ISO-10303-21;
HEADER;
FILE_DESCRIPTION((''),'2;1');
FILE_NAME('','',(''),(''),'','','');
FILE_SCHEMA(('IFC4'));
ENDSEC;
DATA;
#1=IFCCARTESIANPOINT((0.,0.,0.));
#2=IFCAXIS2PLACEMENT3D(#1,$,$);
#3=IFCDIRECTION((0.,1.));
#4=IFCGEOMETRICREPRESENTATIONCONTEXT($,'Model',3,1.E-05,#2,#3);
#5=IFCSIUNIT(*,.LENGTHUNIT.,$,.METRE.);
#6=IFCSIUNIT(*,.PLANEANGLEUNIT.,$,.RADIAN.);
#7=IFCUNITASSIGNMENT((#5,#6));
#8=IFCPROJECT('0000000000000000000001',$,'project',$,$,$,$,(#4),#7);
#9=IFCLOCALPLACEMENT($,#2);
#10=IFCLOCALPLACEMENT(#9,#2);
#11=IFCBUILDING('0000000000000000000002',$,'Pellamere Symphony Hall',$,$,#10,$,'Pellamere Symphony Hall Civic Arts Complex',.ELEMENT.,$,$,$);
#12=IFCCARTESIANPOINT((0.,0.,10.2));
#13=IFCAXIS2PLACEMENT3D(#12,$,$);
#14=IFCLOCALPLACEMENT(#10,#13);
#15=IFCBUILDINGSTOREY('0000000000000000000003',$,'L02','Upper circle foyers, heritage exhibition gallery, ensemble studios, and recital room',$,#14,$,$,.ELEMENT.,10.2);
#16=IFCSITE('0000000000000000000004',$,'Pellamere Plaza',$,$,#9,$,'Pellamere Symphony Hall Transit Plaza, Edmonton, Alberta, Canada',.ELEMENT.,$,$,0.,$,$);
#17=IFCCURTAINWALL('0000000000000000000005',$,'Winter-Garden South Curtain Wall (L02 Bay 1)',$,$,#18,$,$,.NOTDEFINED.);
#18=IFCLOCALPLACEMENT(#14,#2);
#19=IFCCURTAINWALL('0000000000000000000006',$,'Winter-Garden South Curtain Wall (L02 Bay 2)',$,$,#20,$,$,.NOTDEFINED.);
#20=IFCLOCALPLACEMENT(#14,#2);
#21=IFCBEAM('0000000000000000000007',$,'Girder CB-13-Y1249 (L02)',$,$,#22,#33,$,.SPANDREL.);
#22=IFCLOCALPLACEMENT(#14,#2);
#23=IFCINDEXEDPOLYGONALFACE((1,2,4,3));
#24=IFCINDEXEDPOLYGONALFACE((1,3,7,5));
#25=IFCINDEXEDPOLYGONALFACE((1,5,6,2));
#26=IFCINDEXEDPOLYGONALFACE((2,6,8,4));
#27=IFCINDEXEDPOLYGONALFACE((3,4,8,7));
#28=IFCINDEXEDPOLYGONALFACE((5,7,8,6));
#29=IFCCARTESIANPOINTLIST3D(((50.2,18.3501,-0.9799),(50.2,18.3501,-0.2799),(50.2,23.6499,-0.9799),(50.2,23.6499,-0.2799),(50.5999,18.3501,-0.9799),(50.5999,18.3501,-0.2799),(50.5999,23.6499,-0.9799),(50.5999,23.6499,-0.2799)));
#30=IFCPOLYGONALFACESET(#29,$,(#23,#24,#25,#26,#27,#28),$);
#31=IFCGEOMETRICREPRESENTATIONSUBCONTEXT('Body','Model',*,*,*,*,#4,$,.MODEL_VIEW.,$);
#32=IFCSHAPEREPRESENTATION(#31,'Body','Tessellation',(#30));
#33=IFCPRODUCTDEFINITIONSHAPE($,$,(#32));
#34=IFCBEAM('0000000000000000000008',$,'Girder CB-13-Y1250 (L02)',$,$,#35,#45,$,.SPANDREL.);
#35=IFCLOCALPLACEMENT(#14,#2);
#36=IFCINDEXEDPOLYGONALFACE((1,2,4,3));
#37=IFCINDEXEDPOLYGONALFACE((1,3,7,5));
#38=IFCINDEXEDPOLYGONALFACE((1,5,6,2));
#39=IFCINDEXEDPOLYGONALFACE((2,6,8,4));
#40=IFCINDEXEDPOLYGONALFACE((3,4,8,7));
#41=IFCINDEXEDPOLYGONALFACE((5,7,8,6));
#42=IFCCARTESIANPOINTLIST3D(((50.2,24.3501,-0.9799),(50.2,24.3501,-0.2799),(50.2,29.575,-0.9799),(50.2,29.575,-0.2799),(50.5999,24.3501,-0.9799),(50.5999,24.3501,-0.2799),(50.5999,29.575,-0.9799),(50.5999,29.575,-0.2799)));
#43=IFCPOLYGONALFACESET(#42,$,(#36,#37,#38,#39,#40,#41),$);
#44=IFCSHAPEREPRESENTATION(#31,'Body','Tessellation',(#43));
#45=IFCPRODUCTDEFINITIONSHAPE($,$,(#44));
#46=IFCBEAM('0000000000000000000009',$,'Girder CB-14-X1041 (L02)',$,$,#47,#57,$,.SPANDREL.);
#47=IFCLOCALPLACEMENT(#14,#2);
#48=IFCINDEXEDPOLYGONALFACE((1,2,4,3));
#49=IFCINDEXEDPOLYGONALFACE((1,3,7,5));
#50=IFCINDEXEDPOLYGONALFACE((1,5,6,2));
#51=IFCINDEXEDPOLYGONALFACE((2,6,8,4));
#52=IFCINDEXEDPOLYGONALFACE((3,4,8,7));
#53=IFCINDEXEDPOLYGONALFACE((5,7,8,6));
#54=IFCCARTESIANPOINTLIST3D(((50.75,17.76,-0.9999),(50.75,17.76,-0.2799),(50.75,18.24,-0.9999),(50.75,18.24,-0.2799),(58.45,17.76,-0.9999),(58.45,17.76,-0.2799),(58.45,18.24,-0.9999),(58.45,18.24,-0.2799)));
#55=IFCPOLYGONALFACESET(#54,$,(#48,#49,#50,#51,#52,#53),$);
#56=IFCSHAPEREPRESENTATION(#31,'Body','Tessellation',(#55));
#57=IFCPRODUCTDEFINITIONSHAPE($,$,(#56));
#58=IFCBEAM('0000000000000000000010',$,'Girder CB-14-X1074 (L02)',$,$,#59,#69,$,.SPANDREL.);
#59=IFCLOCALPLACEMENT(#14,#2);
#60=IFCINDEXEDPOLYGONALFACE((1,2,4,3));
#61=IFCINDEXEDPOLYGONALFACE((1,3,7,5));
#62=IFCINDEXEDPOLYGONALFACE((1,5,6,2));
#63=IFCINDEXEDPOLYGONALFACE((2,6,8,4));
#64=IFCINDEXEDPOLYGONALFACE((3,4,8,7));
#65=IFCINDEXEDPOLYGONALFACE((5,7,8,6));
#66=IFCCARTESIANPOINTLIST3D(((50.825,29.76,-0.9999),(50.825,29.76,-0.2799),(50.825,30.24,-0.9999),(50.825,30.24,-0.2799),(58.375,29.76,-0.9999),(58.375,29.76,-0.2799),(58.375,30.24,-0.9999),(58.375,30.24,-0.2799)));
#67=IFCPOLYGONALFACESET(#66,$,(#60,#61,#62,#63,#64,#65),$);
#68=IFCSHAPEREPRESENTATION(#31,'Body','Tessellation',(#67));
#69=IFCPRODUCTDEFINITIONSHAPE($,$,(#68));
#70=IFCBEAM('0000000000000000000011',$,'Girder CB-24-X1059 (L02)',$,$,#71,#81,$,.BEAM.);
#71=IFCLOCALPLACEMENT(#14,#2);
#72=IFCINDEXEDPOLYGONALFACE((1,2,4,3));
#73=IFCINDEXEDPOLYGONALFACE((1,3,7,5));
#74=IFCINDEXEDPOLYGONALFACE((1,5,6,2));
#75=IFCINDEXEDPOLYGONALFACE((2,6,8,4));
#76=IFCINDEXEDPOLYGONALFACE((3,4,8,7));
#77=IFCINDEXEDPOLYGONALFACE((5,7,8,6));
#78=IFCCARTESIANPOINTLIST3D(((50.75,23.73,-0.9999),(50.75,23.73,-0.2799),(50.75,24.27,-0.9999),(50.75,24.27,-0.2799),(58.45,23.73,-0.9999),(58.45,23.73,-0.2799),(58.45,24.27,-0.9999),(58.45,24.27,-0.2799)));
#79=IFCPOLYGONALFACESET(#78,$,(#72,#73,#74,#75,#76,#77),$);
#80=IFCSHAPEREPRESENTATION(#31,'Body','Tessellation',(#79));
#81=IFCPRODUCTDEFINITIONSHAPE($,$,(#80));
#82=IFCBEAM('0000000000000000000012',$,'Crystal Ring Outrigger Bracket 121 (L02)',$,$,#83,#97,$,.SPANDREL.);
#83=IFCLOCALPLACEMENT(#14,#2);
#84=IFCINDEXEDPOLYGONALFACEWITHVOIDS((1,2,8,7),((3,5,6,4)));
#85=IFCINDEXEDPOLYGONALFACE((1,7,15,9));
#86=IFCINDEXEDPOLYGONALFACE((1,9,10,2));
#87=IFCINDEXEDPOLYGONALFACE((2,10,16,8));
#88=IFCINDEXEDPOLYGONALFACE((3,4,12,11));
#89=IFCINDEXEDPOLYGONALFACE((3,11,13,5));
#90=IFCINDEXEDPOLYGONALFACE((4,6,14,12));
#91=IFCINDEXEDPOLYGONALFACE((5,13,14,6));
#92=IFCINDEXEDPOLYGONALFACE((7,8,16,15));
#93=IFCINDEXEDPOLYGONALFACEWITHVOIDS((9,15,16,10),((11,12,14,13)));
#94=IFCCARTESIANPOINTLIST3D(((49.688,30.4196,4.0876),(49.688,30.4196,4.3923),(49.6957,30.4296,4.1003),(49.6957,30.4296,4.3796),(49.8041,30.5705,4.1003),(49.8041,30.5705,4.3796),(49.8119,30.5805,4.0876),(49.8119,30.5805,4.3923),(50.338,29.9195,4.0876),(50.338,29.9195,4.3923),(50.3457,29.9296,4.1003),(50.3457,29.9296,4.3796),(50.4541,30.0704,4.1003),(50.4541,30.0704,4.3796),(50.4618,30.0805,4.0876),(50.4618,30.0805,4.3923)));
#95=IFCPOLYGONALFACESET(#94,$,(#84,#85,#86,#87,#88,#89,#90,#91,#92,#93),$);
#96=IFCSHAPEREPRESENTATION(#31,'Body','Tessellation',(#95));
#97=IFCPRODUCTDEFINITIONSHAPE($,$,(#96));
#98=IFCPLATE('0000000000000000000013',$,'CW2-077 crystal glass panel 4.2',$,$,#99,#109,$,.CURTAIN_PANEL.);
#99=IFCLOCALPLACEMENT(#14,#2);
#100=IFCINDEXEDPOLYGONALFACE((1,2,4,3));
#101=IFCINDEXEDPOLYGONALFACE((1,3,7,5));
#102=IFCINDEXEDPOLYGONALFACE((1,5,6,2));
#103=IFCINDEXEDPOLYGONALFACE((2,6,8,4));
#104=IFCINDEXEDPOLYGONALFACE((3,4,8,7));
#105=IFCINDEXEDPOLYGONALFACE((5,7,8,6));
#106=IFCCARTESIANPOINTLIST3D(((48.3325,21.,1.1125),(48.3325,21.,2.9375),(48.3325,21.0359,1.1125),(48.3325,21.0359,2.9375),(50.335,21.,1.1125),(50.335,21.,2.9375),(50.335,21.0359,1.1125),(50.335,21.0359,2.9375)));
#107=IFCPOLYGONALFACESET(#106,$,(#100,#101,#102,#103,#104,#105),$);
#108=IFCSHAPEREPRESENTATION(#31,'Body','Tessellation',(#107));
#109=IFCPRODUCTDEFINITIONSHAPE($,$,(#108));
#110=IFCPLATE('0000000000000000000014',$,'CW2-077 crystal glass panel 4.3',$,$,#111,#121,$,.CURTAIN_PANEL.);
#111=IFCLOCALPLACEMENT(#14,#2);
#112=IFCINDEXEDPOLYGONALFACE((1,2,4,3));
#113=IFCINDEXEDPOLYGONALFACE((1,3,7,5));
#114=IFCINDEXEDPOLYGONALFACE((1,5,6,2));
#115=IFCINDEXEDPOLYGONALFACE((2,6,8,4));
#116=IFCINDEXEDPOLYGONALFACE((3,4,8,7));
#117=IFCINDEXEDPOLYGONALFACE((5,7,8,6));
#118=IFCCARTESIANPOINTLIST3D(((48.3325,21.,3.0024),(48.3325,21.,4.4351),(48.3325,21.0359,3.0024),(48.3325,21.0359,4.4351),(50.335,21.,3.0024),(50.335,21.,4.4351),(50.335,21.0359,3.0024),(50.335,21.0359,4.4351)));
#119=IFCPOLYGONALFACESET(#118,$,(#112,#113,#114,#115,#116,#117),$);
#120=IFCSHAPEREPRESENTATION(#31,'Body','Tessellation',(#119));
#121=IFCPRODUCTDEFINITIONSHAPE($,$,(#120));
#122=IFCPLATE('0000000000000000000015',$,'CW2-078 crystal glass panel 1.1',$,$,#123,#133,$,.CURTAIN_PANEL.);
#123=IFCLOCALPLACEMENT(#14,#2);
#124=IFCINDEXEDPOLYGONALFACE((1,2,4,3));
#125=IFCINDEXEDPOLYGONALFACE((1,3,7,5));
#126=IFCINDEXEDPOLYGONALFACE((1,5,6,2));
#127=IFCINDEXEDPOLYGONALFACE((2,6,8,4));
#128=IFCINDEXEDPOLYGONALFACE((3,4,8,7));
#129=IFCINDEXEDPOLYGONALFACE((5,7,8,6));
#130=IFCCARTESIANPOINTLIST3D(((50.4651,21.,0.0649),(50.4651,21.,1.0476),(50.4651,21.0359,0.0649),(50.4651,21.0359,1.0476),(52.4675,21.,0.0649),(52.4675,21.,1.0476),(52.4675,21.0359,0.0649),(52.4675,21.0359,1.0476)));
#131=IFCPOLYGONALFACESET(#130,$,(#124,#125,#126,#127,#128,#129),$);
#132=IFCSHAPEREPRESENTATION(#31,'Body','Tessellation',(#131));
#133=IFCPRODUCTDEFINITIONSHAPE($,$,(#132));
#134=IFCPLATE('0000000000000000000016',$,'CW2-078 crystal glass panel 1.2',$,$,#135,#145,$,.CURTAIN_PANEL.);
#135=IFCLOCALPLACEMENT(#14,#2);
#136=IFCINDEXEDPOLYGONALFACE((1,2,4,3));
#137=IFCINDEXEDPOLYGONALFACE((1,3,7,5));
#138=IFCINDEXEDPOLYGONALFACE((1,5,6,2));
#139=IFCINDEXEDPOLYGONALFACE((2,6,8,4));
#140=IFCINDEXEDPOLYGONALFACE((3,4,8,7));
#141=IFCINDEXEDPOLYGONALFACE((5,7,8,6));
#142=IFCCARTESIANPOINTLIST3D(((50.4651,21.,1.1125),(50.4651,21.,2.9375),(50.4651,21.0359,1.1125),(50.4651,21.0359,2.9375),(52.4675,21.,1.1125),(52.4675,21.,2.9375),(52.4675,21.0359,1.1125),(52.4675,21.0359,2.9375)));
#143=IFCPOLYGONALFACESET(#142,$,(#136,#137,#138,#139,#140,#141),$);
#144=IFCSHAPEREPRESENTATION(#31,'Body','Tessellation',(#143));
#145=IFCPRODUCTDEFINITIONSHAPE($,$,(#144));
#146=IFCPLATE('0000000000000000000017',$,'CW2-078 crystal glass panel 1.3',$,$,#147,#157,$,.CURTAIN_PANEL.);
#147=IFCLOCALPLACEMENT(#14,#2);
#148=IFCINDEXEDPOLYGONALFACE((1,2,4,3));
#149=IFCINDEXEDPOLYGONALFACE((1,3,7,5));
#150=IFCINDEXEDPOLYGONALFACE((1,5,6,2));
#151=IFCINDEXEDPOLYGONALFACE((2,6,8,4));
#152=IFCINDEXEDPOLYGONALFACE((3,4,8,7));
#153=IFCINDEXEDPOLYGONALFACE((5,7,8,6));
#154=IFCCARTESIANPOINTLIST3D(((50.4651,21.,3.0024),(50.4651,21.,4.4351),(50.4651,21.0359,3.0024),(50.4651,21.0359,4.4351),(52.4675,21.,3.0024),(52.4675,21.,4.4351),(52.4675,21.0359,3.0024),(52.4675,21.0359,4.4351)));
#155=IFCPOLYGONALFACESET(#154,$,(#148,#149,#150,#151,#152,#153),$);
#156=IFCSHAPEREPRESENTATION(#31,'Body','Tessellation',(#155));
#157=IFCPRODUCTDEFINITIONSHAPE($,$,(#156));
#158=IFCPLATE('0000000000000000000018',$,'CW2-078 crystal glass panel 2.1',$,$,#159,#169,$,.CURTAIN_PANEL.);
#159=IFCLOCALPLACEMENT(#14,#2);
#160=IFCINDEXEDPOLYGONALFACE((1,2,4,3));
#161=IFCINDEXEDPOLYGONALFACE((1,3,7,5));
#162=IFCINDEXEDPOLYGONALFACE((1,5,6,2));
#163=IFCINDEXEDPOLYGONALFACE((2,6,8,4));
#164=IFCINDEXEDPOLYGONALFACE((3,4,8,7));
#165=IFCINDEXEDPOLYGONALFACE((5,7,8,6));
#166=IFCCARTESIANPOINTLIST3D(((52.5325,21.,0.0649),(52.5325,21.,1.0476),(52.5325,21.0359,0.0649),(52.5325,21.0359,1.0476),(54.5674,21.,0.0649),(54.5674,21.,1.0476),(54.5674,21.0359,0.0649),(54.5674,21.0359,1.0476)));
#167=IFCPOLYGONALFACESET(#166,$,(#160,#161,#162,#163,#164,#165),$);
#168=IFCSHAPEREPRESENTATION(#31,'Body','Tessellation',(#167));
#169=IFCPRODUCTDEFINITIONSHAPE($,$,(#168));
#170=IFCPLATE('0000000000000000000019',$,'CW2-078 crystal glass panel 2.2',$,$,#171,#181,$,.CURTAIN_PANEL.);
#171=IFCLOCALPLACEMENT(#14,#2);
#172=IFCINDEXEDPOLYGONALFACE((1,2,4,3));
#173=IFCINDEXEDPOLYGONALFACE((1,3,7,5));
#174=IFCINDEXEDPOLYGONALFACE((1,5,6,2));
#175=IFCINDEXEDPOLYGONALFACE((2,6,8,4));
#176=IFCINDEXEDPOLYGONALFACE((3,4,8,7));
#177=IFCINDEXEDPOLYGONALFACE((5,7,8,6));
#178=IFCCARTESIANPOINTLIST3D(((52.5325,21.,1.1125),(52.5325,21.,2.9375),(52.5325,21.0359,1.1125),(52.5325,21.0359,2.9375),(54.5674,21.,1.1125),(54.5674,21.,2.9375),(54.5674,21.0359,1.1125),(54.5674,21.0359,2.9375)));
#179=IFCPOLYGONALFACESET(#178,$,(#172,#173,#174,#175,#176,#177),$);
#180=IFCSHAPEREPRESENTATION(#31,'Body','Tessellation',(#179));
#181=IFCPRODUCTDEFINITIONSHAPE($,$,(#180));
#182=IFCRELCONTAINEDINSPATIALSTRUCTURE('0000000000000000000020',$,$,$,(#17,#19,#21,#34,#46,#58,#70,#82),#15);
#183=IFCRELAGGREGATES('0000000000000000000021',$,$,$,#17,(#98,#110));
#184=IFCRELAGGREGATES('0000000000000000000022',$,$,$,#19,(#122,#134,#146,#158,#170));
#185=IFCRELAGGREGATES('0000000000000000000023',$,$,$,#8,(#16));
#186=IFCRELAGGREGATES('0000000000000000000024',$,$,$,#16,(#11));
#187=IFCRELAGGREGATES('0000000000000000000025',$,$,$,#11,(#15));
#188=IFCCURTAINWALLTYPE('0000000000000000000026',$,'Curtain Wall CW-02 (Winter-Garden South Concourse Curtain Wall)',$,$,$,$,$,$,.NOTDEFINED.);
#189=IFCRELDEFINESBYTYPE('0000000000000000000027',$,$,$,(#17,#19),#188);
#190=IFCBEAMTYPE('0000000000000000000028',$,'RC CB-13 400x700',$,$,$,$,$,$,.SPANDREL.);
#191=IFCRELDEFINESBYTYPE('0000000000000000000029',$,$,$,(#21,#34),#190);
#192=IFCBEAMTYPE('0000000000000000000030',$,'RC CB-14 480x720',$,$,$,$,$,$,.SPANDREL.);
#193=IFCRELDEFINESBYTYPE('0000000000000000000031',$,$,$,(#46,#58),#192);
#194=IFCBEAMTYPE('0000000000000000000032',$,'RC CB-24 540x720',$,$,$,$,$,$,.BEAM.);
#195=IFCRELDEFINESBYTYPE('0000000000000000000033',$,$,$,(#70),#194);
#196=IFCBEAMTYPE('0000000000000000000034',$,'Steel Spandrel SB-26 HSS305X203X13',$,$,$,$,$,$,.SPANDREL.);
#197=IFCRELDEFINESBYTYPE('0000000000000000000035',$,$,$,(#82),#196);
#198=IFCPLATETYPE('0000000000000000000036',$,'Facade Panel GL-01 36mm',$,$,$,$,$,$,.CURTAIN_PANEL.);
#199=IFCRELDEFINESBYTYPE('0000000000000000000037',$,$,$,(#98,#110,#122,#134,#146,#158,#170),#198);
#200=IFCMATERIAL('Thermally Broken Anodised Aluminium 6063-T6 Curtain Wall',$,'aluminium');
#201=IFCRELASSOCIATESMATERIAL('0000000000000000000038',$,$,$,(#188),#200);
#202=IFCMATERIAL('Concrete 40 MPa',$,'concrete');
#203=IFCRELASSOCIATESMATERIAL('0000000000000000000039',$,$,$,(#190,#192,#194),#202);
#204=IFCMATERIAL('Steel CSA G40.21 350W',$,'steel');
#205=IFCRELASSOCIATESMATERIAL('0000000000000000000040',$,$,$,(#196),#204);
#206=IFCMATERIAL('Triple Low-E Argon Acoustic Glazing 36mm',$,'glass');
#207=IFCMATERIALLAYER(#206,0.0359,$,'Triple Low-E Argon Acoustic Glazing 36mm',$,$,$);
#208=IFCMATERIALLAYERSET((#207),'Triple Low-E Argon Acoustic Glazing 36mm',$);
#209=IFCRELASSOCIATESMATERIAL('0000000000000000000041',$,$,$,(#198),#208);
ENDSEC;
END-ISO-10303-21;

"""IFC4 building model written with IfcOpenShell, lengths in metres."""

from ifc_helpers import new_model, si_unit, direction, frame, origin, origin_2d, place, context, subcontext, project, spatial, polyline, rectangle, hollow_rectangle, outline, extrude, material, layer, layer_set, material_profile, profile_set, type_object, element, aggregate, save


model = new_model("IFC4")

# Units and contexts
model_context = context("Model", 3, precision=1e-05, world=origin(), true_north=direction((0.0, 1.0)))
body_context = subcontext(model_context, "Body", "Model", "MODEL_VIEW")
ifc_project = project(units=[si_unit("LENGTHUNIT", "METRE"), si_unit("PLANEANGLEUNIT", "RADIAN")], contexts=[model_context])

# Site, building, storey
site_placement = place(None, origin())
site = spatial("IfcSite", under=ifc_project, at=site_placement, Name="Pellamere Plaza", LongName="Pellamere Symphony Hall Transit Plaza, Edmonton, Alberta, Canada", CompositionType="ELEMENT", RefElevation=0.0)
building_placement = place(site_placement, origin())
building = spatial("IfcBuilding", under=site, at=building_placement, Name="Pellamere Symphony Hall", LongName="Pellamere Symphony Hall Civic Arts Complex", CompositionType="ELEMENT")
storey_placement = place(building_placement, frame((0.0, 0.0, 10.2)))
storey = spatial("IfcBuildingStorey", under=building, at=storey_placement, Name="L02", Description="Upper circle foyers, heritage exhibition gallery, ensemble studios, and recital room", CompositionType="ELEMENT", Elevation=10.2)

# Shared definitions
ifc_material_1 = material(Name="Concrete 40 MPa", Category="concrete")

# Curtain wall
ifc_material_2 = material(Name="Thermally Broken Anodised Aluminium 6063-T6 Curtain Wall", Category="aluminium")
curtain_wall_type = type_object("IfcCurtainWallType", Name="Curtain Wall CW-02 (Winter-Garden South Concourse Curtain Wall)", PredefinedType="NOTDEFINED", material=ifc_material_2)
curtain_wall_1_placement = place(storey_placement, origin())
curtain_wall_1 = element("IfcCurtainWall", 1, at=curtain_wall_1_placement, inside=storey, type_object=curtain_wall_type, Name="Winter-Garden South Curtain Wall (L02 Bay 1)", PredefinedType="NOTDEFINED")

# Curtain wall
curtain_wall_2_placement = place(storey_placement, origin())
curtain_wall_2 = element("IfcCurtainWall", 2, at=curtain_wall_2_placement, inside=storey, type_object=curtain_wall_type, Name="Winter-Garden South Curtain Wall (L02 Bay 2)", PredefinedType="NOTDEFINED")

# Beams
ifc_material_profile_1 = material_profile(ifc_material_1, rectangle(XDim=0.3999, YDim=0.7, at=origin_2d()), Name="RC 400x700")
ifc_profile_set_1 = profile_set([ifc_material_profile_1], Name="Concrete 40 MPa")
beam_type_1 = type_object("IfcBeamType", Name="RC CB-13 400x700", PredefinedType="SPANDREL", material=ifc_profile_set_1)
beam_1_placement = place(storey_placement, frame((50.3999, 18.3501, -0.6299), z_axis=(0.0, 1.0, 0.0), x_axis=(-1.0, 0.0, 0.0)))
element("IfcBeam", 3, at=beam_1_placement, inside=storey, type_object=beam_type_1, Name="Girder CB-13-Y1249 (L02)", PredefinedType="SPANDREL", context=body_context, shape_type="SweptSolid", body=[
    extrude(rectangle(XDim=0.3999, YDim=0.7, at=origin_2d()), origin(), (0.0, 0.0, 1.0), 5.2998),
])
beam_2_placement = place(storey_placement, frame((50.3999, 24.3501, -0.6299), z_axis=(0.0, 1.0, 0.0), x_axis=(-1.0, 0.0, 0.0)))
element("IfcBeam", 4, at=beam_2_placement, inside=storey, type_object=beam_type_1, Name="Girder CB-13-Y1250 (L02)", PredefinedType="SPANDREL", context=body_context, shape_type="SweptSolid", body=[
    extrude(rectangle(XDim=0.3999, YDim=0.7, at=origin_2d()), origin(), (0.0, 0.0, 1.0), 5.2249),
])
ifc_material_profile_2 = material_profile(ifc_material_1, rectangle(XDim=0.48, YDim=0.72, at=origin_2d()), Name="RC 480x720")
ifc_profile_set_2 = profile_set([ifc_material_profile_2], Name="Concrete 40 MPa")
beam_type_2 = type_object("IfcBeamType", Name="RC CB-14 480x720", PredefinedType="SPANDREL", material=ifc_profile_set_2)
beam_3_placement = place(storey_placement, frame((50.75, 18.0, -0.6399), z_axis=(1.0, 0.0, 0.0), x_axis=(0.0, 1.0, 0.0)))
element("IfcBeam", 5, at=beam_3_placement, inside=storey, type_object=beam_type_2, Name="Girder CB-14-X1041 (L02)", PredefinedType="SPANDREL", context=body_context, shape_type="SweptSolid", body=[
    extrude(rectangle(XDim=0.48, YDim=0.72, at=origin_2d()), origin(), (0.0, 0.0, 1.0), 7.7),
])
beam_4_placement = place(storey_placement, frame((50.825, 30.0, -0.6399), z_axis=(1.0, 0.0, 0.0), x_axis=(0.0, 1.0, 0.0)))
element("IfcBeam", 6, at=beam_4_placement, inside=storey, type_object=beam_type_2, Name="Girder CB-14-X1074 (L02)", PredefinedType="SPANDREL", context=body_context, shape_type="SweptSolid", body=[
    extrude(rectangle(XDim=0.48, YDim=0.72, at=origin_2d()), origin(), (0.0, 0.0, 1.0), 7.55),
])
ifc_material_profile_3 = material_profile(ifc_material_1, rectangle(XDim=0.54, YDim=0.72, at=origin_2d()), Name="RC 540x720")
ifc_profile_set_3 = profile_set([ifc_material_profile_3], Name="Concrete 40 MPa")
beam_type_3 = type_object("IfcBeamType", Name="RC CB-24 540x720", PredefinedType="BEAM", material=ifc_profile_set_3)
beam_5_placement = place(storey_placement, frame((50.75, 24.0, -0.6399), z_axis=(1.0, 0.0, 0.0), x_axis=(0.0, 1.0, 0.0)))
element("IfcBeam", 7, at=beam_5_placement, inside=storey, type_object=beam_type_3, Name="Girder CB-24-X1059 (L02)", PredefinedType="BEAM", context=body_context, shape_type="SweptSolid", body=[
    extrude(rectangle(XDim=0.54, YDim=0.72, at=origin_2d()), origin(), (0.0, 0.0, 1.0), 7.7),
])
ifc_material_3 = material(Name="Steel CSA G40.21 350W", Category="steel")
ifc_material_profile_4 = material_profile(ifc_material_3, hollow_rectangle(XDim=0.2031, YDim=0.3047, WallThickness=0.0127, at=origin_2d()), Name="HSS305X203X13")
ifc_profile_set_4 = profile_set([ifc_material_profile_4], Name="Steel CSA G40.21 350W")
beam_type_4 = type_object("IfcBeamType", Name="Steel Spandrel SB-26 HSS305X203X13", PredefinedType="SPANDREL", material=ifc_profile_set_4)
beam_6_placement = place(storey_placement, frame((50.3999, 30.0, 4.24), z_axis=(-0.79258, 0.609768, 0.0), x_axis=(-0.609768, -0.79258, 0.0)))
element("IfcBeam", 8, at=beam_6_placement, inside=storey, type_object=beam_type_4, Name="Crystal Ring Outrigger Bracket 121 (L02)", PredefinedType="SPANDREL", context=body_context, shape_type="SweptSolid", body=[
    extrude(hollow_rectangle(XDim=0.2031, YDim=0.3047, WallThickness=0.0127, at=origin_2d()), origin(), (0.0, 0.0, 1.0), 0.8201),
])

# Plates
ifc_material_4 = material(Name="Triple Low-E Argon Acoustic Glazing 36mm", Category="glass")
ifc_layer_1 = layer(ifc_material_4, 0.0359, Name="Triple Low-E Argon Acoustic Glazing 36mm")
ifc_layer_set_1 = layer_set([ifc_layer_1], Name="Triple Low-E Argon Acoustic Glazing 36mm")
plate_type_1 = type_object("IfcPlateType", Name="Facade Panel GL-01 36mm", PredefinedType="CURTAIN_PANEL", material=ifc_layer_set_1)
plate_1_placement = place(storey_placement, frame((48.3325, 21.0, 1.1125), z_axis=(0.0, -1.0, 0.0), x_axis=(1.0, 0.0, 0.0)))
plate_1 = element("IfcPlate", 9, at=plate_1_placement, type_object=plate_type_1, Name="CW2-077 crystal glass panel 4.2", PredefinedType="CURTAIN_PANEL", context=body_context, shape_type="SweptSolid", body=[
    extrude(outline(polyline([(0.0, 0.0), (2.0024, 0.0), (2.0024, 1.825), (0.0, 1.825), (0.0, 0.0)])), origin(), (0.0, 0.0, -1.0), 0.0359),
])
plate_2_placement = place(storey_placement, frame((48.3325, 21.0, 3.0024), z_axis=(0.0, -1.0, 0.0), x_axis=(1.0, 0.0, 0.0)))
plate_2 = element("IfcPlate", 10, at=plate_2_placement, type_object=plate_type_1, Name="CW2-077 crystal glass panel 4.3", PredefinedType="CURTAIN_PANEL", context=body_context, shape_type="SweptSolid", body=[
    extrude(outline(polyline([(0.0, 0.0), (2.0024, 0.0), (2.0024, 1.4326), (0.0, 1.4326), (0.0, 0.0)])), origin(), (0.0, 0.0, -1.0), 0.0359),
])
aggregate(curtain_wall_1, [plate_1, plate_2])
plate_3_placement = place(storey_placement, frame((50.4651, 21.0, 0.0649), z_axis=(0.0, -1.0, 0.0), x_axis=(1.0, 0.0, 0.0)))
plate_3 = element("IfcPlate", 11, at=plate_3_placement, type_object=plate_type_1, Name="CW2-078 crystal glass panel 1.1", PredefinedType="CURTAIN_PANEL", context=body_context, shape_type="SweptSolid", body=[
    extrude(outline(polyline([(0.0, 0.0), (2.0024, 0.0), (2.0024, 0.9827), (0.0, 0.9827), (0.0, 0.0)])), origin(), (0.0, 0.0, -1.0), 0.0359),
])
plate_4_placement = place(storey_placement, frame((50.4651, 21.0, 1.1125), z_axis=(0.0, -1.0, 0.0), x_axis=(1.0, 0.0, 0.0)))
plate_4 = element("IfcPlate", 12, at=plate_4_placement, type_object=plate_type_1, Name="CW2-078 crystal glass panel 1.2", PredefinedType="CURTAIN_PANEL", context=body_context, shape_type="SweptSolid", body=[
    extrude(outline(polyline([(0.0, 0.0), (2.0024, 0.0), (2.0024, 1.825), (0.0, 1.825), (0.0, 0.0)])), origin(), (0.0, 0.0, -1.0), 0.0359),
])
plate_5_placement = place(storey_placement, frame((50.4651, 21.0, 3.0024), z_axis=(0.0, -1.0, 0.0), x_axis=(1.0, 0.0, 0.0)))
plate_5 = element("IfcPlate", 13, at=plate_5_placement, type_object=plate_type_1, Name="CW2-078 crystal glass panel 1.3", PredefinedType="CURTAIN_PANEL", context=body_context, shape_type="SweptSolid", body=[
    extrude(outline(polyline([(0.0, 0.0), (2.0024, 0.0), (2.0024, 1.4326), (0.0, 1.4326), (0.0, 0.0)])), origin(), (0.0, 0.0, -1.0), 0.0359),
])
plate_6_placement = place(storey_placement, frame((52.5325, 21.0, 0.0649), z_axis=(0.0, -1.0, 0.0), x_axis=(1.0, 0.0, 0.0)))
plate_6 = element("IfcPlate", 14, at=plate_6_placement, type_object=plate_type_1, Name="CW2-078 crystal glass panel 2.1", PredefinedType="CURTAIN_PANEL", context=body_context, shape_type="SweptSolid", body=[
    extrude(outline(polyline([(0.0, 0.0), (2.0349, 0.0), (2.0349, 0.9827), (0.0, 0.9827), (0.0, 0.0)])), origin(), (0.0, 0.0, -1.0), 0.0359),
])
plate_7_placement = place(storey_placement, frame((52.5325, 21.0, 1.1125), z_axis=(0.0, -1.0, 0.0), x_axis=(1.0, 0.0, 0.0)))
plate_7 = element("IfcPlate", 15, at=plate_7_placement, type_object=plate_type_1, Name="CW2-078 crystal glass panel 2.2", PredefinedType="CURTAIN_PANEL", context=body_context, shape_type="SweptSolid", body=[
    extrude(outline(polyline([(0.0, 0.0), (2.0349, 0.0), (2.0349, 1.825), (0.0, 1.825), (0.0, 0.0)])), origin(), (0.0, 0.0, -1.0), 0.0359),
])
aggregate(curtain_wall_2, [plate_3, plate_4, plate_5, plate_6, plate_7])

save(model, "model.ifc")
